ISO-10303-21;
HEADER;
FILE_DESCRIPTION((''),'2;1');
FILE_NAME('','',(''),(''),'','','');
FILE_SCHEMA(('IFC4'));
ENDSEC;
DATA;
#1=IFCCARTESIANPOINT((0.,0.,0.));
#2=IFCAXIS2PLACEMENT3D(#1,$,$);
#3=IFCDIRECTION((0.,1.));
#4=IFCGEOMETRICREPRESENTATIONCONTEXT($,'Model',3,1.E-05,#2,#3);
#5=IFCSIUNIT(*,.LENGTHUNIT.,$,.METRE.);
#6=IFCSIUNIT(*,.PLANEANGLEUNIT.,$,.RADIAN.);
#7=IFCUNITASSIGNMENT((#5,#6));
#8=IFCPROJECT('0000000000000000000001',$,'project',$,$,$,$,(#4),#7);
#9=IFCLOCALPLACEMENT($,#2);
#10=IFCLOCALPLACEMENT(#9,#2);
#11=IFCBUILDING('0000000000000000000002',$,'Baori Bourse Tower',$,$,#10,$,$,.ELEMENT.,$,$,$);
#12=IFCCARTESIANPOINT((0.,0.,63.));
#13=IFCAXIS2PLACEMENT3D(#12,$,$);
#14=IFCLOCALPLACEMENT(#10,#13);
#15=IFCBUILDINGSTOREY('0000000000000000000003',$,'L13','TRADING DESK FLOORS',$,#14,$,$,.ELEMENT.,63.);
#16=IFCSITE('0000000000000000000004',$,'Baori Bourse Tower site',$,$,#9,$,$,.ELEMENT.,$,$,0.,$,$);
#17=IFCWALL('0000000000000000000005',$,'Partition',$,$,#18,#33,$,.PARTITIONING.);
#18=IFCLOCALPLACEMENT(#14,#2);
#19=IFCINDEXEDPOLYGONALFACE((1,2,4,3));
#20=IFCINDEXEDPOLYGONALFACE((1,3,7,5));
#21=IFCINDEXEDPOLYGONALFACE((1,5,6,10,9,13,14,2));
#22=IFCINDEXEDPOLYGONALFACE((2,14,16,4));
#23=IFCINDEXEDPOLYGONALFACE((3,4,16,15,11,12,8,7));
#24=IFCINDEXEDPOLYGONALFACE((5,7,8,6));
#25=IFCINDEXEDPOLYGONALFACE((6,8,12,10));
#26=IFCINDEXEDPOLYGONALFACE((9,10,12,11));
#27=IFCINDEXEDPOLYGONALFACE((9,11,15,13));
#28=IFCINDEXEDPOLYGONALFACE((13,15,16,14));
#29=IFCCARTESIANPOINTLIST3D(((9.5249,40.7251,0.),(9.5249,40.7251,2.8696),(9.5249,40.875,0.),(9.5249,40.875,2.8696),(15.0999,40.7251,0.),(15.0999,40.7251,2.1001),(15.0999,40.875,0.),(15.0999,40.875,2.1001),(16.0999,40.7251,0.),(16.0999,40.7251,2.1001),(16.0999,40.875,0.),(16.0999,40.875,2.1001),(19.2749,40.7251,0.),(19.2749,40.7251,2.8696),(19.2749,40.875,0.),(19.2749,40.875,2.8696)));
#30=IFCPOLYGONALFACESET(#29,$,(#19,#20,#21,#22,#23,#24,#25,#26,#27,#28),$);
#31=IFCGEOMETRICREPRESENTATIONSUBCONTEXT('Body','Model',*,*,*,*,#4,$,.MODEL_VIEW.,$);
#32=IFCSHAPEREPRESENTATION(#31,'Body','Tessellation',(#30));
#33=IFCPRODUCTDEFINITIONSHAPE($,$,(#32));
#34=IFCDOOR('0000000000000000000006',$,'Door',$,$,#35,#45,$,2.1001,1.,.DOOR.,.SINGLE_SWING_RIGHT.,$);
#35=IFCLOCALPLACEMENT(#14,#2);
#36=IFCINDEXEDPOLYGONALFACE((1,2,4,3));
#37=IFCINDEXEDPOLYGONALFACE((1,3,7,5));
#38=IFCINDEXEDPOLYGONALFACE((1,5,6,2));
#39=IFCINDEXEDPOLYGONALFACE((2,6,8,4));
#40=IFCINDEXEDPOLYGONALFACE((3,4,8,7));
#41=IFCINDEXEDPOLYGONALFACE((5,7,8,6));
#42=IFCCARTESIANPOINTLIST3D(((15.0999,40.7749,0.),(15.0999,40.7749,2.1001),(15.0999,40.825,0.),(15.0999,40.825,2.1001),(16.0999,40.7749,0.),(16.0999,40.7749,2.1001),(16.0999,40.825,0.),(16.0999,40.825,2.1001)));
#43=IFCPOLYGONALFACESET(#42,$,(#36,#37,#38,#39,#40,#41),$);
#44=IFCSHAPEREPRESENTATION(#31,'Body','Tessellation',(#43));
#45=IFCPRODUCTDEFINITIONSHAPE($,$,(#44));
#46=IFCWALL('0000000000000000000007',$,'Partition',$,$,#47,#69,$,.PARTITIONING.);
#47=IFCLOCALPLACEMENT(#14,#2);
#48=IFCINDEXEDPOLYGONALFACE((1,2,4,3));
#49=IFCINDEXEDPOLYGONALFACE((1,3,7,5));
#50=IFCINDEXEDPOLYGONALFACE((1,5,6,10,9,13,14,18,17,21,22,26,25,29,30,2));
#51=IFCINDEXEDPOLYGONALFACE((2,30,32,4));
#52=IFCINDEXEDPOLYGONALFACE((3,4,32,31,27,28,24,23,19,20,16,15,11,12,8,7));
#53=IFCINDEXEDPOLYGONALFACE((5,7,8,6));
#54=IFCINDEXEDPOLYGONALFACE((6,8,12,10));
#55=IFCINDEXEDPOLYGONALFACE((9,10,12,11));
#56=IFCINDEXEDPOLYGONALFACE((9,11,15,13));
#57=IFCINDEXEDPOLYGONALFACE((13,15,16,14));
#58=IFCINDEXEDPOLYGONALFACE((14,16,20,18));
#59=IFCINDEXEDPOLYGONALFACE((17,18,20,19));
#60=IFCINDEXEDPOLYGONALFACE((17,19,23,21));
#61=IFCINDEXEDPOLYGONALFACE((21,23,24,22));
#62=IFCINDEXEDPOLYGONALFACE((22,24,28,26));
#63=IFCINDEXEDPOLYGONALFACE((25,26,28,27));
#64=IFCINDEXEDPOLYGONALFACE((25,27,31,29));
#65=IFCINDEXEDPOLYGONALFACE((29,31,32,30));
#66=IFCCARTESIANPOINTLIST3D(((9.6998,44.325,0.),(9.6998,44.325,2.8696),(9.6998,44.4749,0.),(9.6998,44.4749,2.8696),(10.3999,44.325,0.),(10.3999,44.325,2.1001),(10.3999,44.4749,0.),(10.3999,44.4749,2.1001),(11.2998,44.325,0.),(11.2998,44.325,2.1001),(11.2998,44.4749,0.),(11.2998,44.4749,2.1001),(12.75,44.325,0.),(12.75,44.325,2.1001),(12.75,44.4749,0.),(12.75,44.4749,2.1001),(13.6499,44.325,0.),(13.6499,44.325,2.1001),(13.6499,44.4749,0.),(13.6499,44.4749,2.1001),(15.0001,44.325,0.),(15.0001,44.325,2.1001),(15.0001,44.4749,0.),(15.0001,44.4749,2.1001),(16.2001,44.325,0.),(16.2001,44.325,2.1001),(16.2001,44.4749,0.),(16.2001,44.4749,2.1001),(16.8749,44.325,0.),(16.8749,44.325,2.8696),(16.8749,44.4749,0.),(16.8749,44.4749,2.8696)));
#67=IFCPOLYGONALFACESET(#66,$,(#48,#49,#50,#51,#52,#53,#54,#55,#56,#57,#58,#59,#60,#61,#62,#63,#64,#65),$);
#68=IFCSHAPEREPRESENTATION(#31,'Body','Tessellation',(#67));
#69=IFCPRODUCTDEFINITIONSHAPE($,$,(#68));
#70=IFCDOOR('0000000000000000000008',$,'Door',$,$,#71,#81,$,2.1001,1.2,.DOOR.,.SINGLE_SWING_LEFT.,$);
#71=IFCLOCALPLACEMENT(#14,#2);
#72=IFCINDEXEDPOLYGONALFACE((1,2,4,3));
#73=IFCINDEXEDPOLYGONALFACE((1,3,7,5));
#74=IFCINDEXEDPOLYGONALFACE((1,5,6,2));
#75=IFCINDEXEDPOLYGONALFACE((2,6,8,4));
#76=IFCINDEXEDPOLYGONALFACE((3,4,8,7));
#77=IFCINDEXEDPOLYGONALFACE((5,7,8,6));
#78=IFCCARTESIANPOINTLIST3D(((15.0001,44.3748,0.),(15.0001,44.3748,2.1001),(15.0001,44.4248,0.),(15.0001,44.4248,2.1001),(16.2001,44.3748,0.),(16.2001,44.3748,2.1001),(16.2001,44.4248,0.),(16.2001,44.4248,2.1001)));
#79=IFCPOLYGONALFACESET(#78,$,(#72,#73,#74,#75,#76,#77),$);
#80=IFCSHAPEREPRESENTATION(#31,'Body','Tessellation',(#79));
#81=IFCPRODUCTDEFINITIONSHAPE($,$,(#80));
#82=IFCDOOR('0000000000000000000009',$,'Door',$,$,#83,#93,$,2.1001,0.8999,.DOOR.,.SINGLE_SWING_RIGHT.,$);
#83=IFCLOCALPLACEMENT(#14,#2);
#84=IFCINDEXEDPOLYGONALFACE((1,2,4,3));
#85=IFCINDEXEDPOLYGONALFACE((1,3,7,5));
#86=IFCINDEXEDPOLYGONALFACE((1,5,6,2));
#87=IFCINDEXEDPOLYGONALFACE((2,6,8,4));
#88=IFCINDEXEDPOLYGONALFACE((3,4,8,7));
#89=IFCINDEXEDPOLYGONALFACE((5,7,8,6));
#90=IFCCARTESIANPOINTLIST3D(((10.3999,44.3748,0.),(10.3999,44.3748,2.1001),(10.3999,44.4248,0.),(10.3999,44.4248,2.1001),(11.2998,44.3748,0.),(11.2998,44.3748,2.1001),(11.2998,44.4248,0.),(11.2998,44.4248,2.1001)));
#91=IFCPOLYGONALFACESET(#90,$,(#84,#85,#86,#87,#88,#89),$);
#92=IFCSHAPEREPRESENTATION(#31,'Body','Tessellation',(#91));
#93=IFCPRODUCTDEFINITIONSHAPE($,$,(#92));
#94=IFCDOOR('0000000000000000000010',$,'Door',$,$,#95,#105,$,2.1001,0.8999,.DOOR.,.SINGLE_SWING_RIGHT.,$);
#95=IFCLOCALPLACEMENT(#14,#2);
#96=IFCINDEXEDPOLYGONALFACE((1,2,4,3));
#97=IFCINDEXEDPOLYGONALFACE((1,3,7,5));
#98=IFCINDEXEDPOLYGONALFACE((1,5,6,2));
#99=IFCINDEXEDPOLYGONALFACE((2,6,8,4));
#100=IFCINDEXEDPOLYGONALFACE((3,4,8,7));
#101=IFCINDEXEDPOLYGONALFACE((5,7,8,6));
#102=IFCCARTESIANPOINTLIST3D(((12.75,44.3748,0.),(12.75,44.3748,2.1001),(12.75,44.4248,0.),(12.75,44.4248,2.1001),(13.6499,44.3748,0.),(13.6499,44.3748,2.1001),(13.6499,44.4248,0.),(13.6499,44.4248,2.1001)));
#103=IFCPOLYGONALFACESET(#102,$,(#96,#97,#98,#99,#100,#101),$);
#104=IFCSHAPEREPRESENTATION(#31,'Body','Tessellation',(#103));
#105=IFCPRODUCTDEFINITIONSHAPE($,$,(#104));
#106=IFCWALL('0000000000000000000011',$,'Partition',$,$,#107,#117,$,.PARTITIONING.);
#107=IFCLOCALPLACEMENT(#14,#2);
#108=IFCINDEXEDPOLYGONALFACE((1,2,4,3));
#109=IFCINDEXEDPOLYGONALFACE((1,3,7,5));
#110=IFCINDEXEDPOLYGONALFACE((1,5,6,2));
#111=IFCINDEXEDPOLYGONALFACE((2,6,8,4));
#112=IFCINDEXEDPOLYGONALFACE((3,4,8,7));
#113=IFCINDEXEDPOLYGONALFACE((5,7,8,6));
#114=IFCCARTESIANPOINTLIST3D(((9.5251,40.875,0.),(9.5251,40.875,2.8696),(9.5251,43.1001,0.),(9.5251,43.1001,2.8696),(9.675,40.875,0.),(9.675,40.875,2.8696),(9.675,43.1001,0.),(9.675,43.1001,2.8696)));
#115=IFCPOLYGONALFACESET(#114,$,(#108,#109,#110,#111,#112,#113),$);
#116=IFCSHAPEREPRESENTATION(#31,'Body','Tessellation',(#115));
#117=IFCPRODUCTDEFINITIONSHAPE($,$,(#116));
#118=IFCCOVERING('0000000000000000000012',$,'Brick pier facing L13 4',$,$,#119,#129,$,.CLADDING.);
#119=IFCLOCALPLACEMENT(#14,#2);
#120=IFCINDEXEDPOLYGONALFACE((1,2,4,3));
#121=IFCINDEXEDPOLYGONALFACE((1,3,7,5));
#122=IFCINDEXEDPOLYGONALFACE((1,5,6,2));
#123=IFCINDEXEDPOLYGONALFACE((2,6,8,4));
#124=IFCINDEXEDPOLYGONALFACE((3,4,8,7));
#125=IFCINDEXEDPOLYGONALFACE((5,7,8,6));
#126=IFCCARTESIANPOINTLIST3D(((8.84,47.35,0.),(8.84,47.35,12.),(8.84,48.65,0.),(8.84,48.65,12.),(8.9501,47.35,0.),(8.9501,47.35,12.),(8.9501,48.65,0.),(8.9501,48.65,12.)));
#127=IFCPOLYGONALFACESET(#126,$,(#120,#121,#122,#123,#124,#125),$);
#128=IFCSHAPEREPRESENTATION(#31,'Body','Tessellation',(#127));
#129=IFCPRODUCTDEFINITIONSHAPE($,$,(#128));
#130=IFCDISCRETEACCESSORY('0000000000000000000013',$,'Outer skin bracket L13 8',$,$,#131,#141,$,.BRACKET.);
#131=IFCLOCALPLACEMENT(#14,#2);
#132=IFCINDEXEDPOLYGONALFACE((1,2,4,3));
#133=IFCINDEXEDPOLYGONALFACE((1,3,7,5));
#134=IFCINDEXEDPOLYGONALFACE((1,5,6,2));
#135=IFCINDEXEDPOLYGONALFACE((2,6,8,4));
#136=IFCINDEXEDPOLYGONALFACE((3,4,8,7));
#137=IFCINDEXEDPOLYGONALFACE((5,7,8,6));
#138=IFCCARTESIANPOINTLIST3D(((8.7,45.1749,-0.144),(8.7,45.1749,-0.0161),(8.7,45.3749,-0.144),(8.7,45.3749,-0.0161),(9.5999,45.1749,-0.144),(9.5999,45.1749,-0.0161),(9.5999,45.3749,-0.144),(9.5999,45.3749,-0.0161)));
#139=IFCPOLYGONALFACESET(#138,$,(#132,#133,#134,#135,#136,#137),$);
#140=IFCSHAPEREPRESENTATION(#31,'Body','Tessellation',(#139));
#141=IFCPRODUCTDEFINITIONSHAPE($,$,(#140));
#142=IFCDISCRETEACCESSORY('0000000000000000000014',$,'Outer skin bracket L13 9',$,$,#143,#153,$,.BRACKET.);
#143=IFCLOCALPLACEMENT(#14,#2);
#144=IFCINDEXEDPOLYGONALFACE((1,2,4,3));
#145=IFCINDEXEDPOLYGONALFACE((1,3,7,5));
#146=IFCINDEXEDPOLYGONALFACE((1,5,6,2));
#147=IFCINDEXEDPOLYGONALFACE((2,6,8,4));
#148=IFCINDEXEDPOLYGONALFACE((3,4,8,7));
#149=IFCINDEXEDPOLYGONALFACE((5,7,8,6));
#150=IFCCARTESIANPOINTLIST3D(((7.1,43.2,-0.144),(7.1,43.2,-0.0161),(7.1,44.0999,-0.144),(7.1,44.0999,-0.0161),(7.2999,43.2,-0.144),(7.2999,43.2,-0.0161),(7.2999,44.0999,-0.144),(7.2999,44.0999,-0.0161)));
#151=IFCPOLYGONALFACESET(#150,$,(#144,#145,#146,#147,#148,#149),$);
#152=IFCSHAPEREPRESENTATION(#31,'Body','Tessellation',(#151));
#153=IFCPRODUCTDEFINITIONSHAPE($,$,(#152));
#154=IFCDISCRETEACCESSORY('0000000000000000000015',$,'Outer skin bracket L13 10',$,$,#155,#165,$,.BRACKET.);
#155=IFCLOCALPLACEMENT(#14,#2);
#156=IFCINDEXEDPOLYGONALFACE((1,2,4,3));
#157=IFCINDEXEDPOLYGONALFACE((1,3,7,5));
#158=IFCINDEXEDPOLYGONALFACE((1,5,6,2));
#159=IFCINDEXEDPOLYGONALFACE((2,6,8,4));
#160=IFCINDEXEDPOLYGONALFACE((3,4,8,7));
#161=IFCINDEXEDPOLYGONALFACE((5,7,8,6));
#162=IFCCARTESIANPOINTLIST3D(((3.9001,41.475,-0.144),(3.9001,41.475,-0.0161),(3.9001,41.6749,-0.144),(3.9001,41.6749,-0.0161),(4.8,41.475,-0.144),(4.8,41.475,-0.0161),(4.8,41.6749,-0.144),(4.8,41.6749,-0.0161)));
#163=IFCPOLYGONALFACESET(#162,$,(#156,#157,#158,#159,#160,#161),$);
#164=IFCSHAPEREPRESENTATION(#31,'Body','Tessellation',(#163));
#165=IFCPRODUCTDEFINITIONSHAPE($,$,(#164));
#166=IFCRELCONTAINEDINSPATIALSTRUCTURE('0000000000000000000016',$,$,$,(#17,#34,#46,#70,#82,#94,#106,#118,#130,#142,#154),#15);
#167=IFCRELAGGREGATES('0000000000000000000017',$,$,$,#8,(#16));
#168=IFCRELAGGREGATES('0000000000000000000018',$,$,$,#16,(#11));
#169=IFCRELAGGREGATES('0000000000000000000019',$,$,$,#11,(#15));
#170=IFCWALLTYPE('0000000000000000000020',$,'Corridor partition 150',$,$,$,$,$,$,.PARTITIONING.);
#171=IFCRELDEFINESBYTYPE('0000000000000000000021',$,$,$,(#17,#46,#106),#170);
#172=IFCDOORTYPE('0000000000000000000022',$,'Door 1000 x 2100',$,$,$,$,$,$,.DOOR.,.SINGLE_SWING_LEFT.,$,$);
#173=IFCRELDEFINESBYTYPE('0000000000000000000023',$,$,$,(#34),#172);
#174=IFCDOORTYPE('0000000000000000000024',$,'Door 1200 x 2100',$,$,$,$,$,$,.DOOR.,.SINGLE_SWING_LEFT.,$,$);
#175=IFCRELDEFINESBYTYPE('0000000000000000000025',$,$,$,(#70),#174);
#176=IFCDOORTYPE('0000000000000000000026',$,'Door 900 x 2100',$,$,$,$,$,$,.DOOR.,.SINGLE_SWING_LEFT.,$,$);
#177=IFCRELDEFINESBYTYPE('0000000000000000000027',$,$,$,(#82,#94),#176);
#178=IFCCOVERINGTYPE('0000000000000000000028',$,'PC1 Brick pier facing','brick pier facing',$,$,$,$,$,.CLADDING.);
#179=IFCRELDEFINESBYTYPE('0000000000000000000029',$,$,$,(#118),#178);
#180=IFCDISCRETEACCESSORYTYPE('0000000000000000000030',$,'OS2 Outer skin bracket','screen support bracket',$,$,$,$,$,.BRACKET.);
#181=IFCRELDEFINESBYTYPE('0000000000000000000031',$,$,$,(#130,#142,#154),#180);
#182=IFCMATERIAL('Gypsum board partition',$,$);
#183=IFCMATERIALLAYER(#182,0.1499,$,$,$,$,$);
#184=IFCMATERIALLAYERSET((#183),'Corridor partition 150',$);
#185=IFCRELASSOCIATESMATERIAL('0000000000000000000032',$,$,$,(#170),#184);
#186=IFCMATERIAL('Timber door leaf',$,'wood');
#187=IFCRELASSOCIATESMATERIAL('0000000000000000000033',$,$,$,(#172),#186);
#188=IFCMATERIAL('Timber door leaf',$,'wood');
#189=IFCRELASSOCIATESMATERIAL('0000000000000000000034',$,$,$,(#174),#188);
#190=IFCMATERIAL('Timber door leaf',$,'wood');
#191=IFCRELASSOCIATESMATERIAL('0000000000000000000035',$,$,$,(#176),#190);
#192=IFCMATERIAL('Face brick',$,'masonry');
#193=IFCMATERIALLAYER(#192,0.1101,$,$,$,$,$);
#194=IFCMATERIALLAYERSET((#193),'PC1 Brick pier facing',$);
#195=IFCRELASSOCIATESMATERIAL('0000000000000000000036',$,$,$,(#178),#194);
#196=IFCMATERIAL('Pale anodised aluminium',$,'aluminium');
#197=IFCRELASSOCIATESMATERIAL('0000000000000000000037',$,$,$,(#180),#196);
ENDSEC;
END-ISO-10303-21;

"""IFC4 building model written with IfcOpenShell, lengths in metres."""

from ifc_helpers import new_model, si_unit, direction, frame, frame_2d, origin, origin_2d, place, context, subcontext, project, spatial, rectangle, extrude, material, layer, layer_set, type_object, element, fill, save


model = new_model("IFC4")

# Units and contexts
model_context = context("Model", 3, precision=1e-05, world=origin(), true_north=direction((0.0, 1.0)))
body_context = subcontext(model_context, "Body", "Model", "MODEL_VIEW")
ifc_project = project(units=[si_unit("LENGTHUNIT", "METRE"), si_unit("PLANEANGLEUNIT", "RADIAN")], contexts=[model_context])

# Site, building, storey
site_placement = place(None, origin())
site = spatial("IfcSite", under=ifc_project, at=site_placement, Name="Baori Bourse Tower site", CompositionType="ELEMENT", RefElevation=0.0)
building_placement = place(site_placement, origin())
building = spatial("IfcBuilding", under=site, at=building_placement, Name="Baori Bourse Tower", CompositionType="ELEMENT")
storey_placement = place(building_placement, frame((0.0, 0.0, 63.0)))
storey = spatial("IfcBuildingStorey", under=building, at=storey_placement, Name="L13", Description="TRADING DESK FLOORS", CompositionType="ELEMENT", Elevation=63.0)

# Wall, opening, door
ifc_material_1 = material(Name="Gypsum board partition")
ifc_layer_1 = layer(ifc_material_1, 0.1499)
ifc_layer_set_1 = layer_set([ifc_layer_1], Name="Corridor partition 150")
wall_type = type_object("IfcWallType", Name="Corridor partition 150", PredefinedType="PARTITIONING", material=ifc_layer_set_1)
wall_1_placement = place(storey_placement, frame((9.5249, 40.8, 0.0), z_axis=(0.0, 0.0, 1.0), x_axis=(1.0, 0.0, 0.0)))
wall_1 = element("IfcWall", 1, at=wall_1_placement, inside=storey, type_object=wall_type, Name="Partition", PredefinedType="PARTITIONING", context=body_context, shape_type="SweptSolid", body=[
    extrude(rectangle(XDim=9.75, YDim=0.1499, at=frame_2d((4.875, 0.0))), origin(), (0.0, 0.0, 1.0), 2.8696),
])
opening_1_placement = place(wall_1_placement, frame((5.575, 0.0, 0.0)))
opening_1 = element("IfcOpeningElement", 2, at=opening_1_placement, cuts=wall_1, PredefinedType="OPENING", context=body_context, shape_type="SweptSolid", body=[
    extrude(rectangle(XDim=1.0, YDim=2.1001, at=frame_2d((0.5, 1.05))), frame((0.0, 0.085, 0.0), z_axis=(0.0, -1.0, 0.0), x_axis=(1.0, 0.0, 0.0)), (0.0, 0.0, 1.0), 0.1699),
])
ifc_material_2 = material(Name="Timber door leaf", Category="wood")
door_type_1 = type_object("IfcDoorType", Name="Door 1000 x 2100", OperationType="SINGLE_SWING_LEFT", PredefinedType="DOOR", material=ifc_material_2)
door_1_placement = place(opening_1_placement, origin())
door_1 = element("IfcDoor", 3, at=door_1_placement, inside=storey, type_object=door_type_1, Name="Door", OperationType="SINGLE_SWING_RIGHT", OverallHeight=2.1001, OverallWidth=1.0, PredefinedType="DOOR", context=body_context, shape_type="SweptSolid", body=[
    extrude(rectangle(XDim=1.0, YDim=2.1001, at=frame_2d((0.5, 1.05))), frame((0.0, 0.0249, 0.0), z_axis=(0.0, -1.0, 0.0), x_axis=(1.0, 0.0, 0.0)), (0.0, 0.0, 1.0), 0.05),
])
fill(opening_1, door_1)

# Wall, openings, doors
wall_2_placement = place(storey_placement, frame((9.7, 44.3999, 0.0), z_axis=(0.0, 0.0, 1.0), x_axis=(1.0, 0.0, 0.0)))
wall_2 = element("IfcWall", 4, at=wall_2_placement, inside=storey, type_object=wall_type, Name="Partition", PredefinedType="PARTITIONING", context=body_context, shape_type="SweptSolid", body=[
    extrude(rectangle(XDim=7.175, YDim=0.1499, at=frame_2d((3.5874, 0.0))), origin(), (0.0, 0.0, 1.0), 2.8696),
])
opening_2_placement = place(wall_2_placement, frame((0.7, 0.0, 0.0)))
opening_2 = element("IfcOpeningElement", 5, at=opening_2_placement, cuts=wall_2, PredefinedType="OPENING", context=body_context, shape_type="SweptSolid", body=[
    extrude(rectangle(XDim=0.8999, YDim=2.1001, at=frame_2d((0.45, 1.05))), frame((0.0, 0.085, 0.0), z_axis=(0.0, -1.0, 0.0), x_axis=(1.0, 0.0, 0.0)), (0.0, 0.0, 1.0), 0.1699),
])
opening_3_placement = place(wall_2_placement, frame((3.05, 0.0, 0.0)))
opening_3 = element("IfcOpeningElement", 6, at=opening_3_placement, cuts=wall_2, PredefinedType="OPENING", context=body_context, shape_type="SweptSolid", body=[
    extrude(rectangle(XDim=0.8999, YDim=2.1001, at=frame_2d((0.45, 1.05))), frame((0.0, 0.085, 0.0), z_axis=(0.0, -1.0, 0.0), x_axis=(1.0, 0.0, 0.0)), (0.0, 0.0, 1.0), 0.1699),
])
opening_4_placement = place(wall_2_placement, frame((5.3, 0.0, 0.0)))
opening_4 = element("IfcOpeningElement", 7, at=opening_4_placement, cuts=wall_2, PredefinedType="OPENING", context=body_context, shape_type="SweptSolid", body=[
    extrude(rectangle(XDim=1.2, YDim=2.1001, at=frame_2d((0.6001, 1.05))), frame((0.0, 0.085, 0.0), z_axis=(0.0, -1.0, 0.0), x_axis=(1.0, 0.0, 0.0)), (0.0, 0.0, 1.0), 0.1699),
])
ifc_material_3 = material(Name="Timber door leaf", Category="wood")
door_type_2 = type_object("IfcDoorType", Name="Door 1200 x 2100", OperationType="SINGLE_SWING_LEFT", PredefinedType="DOOR", material=ifc_material_3)
door_2_placement = place(opening_4_placement, origin())
door_2 = element("IfcDoor", 8, at=door_2_placement, inside=storey, type_object=door_type_2, Name="Door", OperationType="SINGLE_SWING_LEFT", OverallHeight=2.1001, OverallWidth=1.2, PredefinedType="DOOR", context=body_context, shape_type="SweptSolid", body=[
    extrude(rectangle(XDim=1.2, YDim=2.1001, at=frame_2d((0.6001, 1.05))), frame((0.0, 0.0249, 0.0), z_axis=(0.0, -1.0, 0.0), x_axis=(1.0, 0.0, 0.0)), (0.0, 0.0, 1.0), 0.05),
])
fill(opening_4, door_2)
ifc_material_4 = material(Name="Timber door leaf", Category="wood")
door_type_3 = type_object("IfcDoorType", Name="Door 900 x 2100", OperationType="SINGLE_SWING_LEFT", PredefinedType="DOOR", material=ifc_material_4)
door_3_placement = place(opening_2_placement, origin())
door_3 = element("IfcDoor", 9, at=door_3_placement, inside=storey, type_object=door_type_3, Name="Door", OperationType="SINGLE_SWING_RIGHT", OverallHeight=2.1001, OverallWidth=0.8999, PredefinedType="DOOR", context=body_context, shape_type="SweptSolid", body=[
    extrude(rectangle(XDim=0.8999, YDim=2.1001, at=frame_2d((0.45, 1.05))), frame((0.0, 0.0249, 0.0), z_axis=(0.0, -1.0, 0.0), x_axis=(1.0, 0.0, 0.0)), (0.0, 0.0, 1.0), 0.05),
])
fill(opening_2, door_3)
door_4_placement = place(opening_3_placement, origin())
door_4 = element("IfcDoor", 10, at=door_4_placement, inside=storey, type_object=door_type_3, Name="Door", OperationType="SINGLE_SWING_RIGHT", OverallHeight=2.1001, OverallWidth=0.8999, PredefinedType="DOOR", context=body_context, shape_type="SweptSolid", body=[
    extrude(rectangle(XDim=0.8999, YDim=2.1001, at=frame_2d((0.45, 1.05))), frame((0.0, 0.0249, 0.0), z_axis=(0.0, -1.0, 0.0), x_axis=(1.0, 0.0, 0.0)), (0.0, 0.0, 1.0), 0.05),
])
fill(opening_3, door_4)

# Wall
wall_3_placement = place(storey_placement, frame((9.6001, 40.875, 0.0), z_axis=(0.0, 0.0, 1.0), x_axis=(0.0, 1.0, 0.0)))
element("IfcWall", 11, at=wall_3_placement, inside=storey, type_object=wall_type, Name="Partition", PredefinedType="PARTITIONING", context=body_context, shape_type="SweptSolid", body=[
    extrude(rectangle(XDim=2.2251, YDim=0.1499, at=frame_2d((1.1125, 0.0))), origin(), (0.0, 0.0, 1.0), 2.8696),
])

# Covering
ifc_material_5 = material(Name="Face brick", Category="masonry")
ifc_layer_2 = layer(ifc_material_5, 0.1101)
ifc_layer_set_2 = layer_set([ifc_layer_2], Name="PC1 Brick pier facing")
covering_type = type_object("IfcCoveringType", Name="PC1 Brick pier facing", Description="brick pier facing", PredefinedType="CLADDING", material=ifc_layer_set_2)
covering_placement = place(storey_placement, frame((8.895, 48.0, 0.0), z_axis=(0.0, 0.0, 1.0), x_axis=(1.0, 0.0, 0.0)))
element("IfcCovering", 12, at=covering_placement, inside=storey, type_object=covering_type, Name="Brick pier facing L13 4", PredefinedType="CLADDING", context=body_context, shape_type="SweptSolid", body=[
    extrude(rectangle(XDim=0.1101, YDim=1.3, at=origin_2d()), origin(), (0.0, 0.0, 1.0), 12.0),
])

# Discrete accessories
ifc_material_6 = material(Name="Pale anodised aluminium", Category="aluminium")
discrete_accessory_type = type_object("IfcDiscreteAccessoryType", Name="OS2 Outer skin bracket", Description="screen support bracket", PredefinedType="BRACKET", material=ifc_material_6)
for number, where, z_axis, x_axis, name in (
    (13, (9.1499, 45.2749, -0.144), (0.0, 0.0, 1.0), (0.0, -1.0, 0.0), "Outer skin bracket L13 8"),
    (14, (7.2, 43.6499, -0.144), (0.0, 0.0, 1.0), (-1.0, 0.0, 0.0), "Outer skin bracket L13 9"),
    (15, (4.3501, 41.575, -0.144), (0.0, 0.0, 1.0), (0.0, -1.0, 0.0), "Outer skin bracket L13 10"),
):
    element("IfcDiscreteAccessory", number, at=place(storey_placement, frame(where, z_axis=z_axis, x_axis=x_axis)), inside=storey, type_object=discrete_accessory_type, Name=name, PredefinedType="BRACKET", context=body_context, shape_type="SweptSolid", body=[
        extrude(rectangle(XDim=0.2, YDim=0.8999, at=origin_2d()), origin(), (0.0, 0.0, 1.0), 0.1279),
    ])

save(model, "model.ifc")
